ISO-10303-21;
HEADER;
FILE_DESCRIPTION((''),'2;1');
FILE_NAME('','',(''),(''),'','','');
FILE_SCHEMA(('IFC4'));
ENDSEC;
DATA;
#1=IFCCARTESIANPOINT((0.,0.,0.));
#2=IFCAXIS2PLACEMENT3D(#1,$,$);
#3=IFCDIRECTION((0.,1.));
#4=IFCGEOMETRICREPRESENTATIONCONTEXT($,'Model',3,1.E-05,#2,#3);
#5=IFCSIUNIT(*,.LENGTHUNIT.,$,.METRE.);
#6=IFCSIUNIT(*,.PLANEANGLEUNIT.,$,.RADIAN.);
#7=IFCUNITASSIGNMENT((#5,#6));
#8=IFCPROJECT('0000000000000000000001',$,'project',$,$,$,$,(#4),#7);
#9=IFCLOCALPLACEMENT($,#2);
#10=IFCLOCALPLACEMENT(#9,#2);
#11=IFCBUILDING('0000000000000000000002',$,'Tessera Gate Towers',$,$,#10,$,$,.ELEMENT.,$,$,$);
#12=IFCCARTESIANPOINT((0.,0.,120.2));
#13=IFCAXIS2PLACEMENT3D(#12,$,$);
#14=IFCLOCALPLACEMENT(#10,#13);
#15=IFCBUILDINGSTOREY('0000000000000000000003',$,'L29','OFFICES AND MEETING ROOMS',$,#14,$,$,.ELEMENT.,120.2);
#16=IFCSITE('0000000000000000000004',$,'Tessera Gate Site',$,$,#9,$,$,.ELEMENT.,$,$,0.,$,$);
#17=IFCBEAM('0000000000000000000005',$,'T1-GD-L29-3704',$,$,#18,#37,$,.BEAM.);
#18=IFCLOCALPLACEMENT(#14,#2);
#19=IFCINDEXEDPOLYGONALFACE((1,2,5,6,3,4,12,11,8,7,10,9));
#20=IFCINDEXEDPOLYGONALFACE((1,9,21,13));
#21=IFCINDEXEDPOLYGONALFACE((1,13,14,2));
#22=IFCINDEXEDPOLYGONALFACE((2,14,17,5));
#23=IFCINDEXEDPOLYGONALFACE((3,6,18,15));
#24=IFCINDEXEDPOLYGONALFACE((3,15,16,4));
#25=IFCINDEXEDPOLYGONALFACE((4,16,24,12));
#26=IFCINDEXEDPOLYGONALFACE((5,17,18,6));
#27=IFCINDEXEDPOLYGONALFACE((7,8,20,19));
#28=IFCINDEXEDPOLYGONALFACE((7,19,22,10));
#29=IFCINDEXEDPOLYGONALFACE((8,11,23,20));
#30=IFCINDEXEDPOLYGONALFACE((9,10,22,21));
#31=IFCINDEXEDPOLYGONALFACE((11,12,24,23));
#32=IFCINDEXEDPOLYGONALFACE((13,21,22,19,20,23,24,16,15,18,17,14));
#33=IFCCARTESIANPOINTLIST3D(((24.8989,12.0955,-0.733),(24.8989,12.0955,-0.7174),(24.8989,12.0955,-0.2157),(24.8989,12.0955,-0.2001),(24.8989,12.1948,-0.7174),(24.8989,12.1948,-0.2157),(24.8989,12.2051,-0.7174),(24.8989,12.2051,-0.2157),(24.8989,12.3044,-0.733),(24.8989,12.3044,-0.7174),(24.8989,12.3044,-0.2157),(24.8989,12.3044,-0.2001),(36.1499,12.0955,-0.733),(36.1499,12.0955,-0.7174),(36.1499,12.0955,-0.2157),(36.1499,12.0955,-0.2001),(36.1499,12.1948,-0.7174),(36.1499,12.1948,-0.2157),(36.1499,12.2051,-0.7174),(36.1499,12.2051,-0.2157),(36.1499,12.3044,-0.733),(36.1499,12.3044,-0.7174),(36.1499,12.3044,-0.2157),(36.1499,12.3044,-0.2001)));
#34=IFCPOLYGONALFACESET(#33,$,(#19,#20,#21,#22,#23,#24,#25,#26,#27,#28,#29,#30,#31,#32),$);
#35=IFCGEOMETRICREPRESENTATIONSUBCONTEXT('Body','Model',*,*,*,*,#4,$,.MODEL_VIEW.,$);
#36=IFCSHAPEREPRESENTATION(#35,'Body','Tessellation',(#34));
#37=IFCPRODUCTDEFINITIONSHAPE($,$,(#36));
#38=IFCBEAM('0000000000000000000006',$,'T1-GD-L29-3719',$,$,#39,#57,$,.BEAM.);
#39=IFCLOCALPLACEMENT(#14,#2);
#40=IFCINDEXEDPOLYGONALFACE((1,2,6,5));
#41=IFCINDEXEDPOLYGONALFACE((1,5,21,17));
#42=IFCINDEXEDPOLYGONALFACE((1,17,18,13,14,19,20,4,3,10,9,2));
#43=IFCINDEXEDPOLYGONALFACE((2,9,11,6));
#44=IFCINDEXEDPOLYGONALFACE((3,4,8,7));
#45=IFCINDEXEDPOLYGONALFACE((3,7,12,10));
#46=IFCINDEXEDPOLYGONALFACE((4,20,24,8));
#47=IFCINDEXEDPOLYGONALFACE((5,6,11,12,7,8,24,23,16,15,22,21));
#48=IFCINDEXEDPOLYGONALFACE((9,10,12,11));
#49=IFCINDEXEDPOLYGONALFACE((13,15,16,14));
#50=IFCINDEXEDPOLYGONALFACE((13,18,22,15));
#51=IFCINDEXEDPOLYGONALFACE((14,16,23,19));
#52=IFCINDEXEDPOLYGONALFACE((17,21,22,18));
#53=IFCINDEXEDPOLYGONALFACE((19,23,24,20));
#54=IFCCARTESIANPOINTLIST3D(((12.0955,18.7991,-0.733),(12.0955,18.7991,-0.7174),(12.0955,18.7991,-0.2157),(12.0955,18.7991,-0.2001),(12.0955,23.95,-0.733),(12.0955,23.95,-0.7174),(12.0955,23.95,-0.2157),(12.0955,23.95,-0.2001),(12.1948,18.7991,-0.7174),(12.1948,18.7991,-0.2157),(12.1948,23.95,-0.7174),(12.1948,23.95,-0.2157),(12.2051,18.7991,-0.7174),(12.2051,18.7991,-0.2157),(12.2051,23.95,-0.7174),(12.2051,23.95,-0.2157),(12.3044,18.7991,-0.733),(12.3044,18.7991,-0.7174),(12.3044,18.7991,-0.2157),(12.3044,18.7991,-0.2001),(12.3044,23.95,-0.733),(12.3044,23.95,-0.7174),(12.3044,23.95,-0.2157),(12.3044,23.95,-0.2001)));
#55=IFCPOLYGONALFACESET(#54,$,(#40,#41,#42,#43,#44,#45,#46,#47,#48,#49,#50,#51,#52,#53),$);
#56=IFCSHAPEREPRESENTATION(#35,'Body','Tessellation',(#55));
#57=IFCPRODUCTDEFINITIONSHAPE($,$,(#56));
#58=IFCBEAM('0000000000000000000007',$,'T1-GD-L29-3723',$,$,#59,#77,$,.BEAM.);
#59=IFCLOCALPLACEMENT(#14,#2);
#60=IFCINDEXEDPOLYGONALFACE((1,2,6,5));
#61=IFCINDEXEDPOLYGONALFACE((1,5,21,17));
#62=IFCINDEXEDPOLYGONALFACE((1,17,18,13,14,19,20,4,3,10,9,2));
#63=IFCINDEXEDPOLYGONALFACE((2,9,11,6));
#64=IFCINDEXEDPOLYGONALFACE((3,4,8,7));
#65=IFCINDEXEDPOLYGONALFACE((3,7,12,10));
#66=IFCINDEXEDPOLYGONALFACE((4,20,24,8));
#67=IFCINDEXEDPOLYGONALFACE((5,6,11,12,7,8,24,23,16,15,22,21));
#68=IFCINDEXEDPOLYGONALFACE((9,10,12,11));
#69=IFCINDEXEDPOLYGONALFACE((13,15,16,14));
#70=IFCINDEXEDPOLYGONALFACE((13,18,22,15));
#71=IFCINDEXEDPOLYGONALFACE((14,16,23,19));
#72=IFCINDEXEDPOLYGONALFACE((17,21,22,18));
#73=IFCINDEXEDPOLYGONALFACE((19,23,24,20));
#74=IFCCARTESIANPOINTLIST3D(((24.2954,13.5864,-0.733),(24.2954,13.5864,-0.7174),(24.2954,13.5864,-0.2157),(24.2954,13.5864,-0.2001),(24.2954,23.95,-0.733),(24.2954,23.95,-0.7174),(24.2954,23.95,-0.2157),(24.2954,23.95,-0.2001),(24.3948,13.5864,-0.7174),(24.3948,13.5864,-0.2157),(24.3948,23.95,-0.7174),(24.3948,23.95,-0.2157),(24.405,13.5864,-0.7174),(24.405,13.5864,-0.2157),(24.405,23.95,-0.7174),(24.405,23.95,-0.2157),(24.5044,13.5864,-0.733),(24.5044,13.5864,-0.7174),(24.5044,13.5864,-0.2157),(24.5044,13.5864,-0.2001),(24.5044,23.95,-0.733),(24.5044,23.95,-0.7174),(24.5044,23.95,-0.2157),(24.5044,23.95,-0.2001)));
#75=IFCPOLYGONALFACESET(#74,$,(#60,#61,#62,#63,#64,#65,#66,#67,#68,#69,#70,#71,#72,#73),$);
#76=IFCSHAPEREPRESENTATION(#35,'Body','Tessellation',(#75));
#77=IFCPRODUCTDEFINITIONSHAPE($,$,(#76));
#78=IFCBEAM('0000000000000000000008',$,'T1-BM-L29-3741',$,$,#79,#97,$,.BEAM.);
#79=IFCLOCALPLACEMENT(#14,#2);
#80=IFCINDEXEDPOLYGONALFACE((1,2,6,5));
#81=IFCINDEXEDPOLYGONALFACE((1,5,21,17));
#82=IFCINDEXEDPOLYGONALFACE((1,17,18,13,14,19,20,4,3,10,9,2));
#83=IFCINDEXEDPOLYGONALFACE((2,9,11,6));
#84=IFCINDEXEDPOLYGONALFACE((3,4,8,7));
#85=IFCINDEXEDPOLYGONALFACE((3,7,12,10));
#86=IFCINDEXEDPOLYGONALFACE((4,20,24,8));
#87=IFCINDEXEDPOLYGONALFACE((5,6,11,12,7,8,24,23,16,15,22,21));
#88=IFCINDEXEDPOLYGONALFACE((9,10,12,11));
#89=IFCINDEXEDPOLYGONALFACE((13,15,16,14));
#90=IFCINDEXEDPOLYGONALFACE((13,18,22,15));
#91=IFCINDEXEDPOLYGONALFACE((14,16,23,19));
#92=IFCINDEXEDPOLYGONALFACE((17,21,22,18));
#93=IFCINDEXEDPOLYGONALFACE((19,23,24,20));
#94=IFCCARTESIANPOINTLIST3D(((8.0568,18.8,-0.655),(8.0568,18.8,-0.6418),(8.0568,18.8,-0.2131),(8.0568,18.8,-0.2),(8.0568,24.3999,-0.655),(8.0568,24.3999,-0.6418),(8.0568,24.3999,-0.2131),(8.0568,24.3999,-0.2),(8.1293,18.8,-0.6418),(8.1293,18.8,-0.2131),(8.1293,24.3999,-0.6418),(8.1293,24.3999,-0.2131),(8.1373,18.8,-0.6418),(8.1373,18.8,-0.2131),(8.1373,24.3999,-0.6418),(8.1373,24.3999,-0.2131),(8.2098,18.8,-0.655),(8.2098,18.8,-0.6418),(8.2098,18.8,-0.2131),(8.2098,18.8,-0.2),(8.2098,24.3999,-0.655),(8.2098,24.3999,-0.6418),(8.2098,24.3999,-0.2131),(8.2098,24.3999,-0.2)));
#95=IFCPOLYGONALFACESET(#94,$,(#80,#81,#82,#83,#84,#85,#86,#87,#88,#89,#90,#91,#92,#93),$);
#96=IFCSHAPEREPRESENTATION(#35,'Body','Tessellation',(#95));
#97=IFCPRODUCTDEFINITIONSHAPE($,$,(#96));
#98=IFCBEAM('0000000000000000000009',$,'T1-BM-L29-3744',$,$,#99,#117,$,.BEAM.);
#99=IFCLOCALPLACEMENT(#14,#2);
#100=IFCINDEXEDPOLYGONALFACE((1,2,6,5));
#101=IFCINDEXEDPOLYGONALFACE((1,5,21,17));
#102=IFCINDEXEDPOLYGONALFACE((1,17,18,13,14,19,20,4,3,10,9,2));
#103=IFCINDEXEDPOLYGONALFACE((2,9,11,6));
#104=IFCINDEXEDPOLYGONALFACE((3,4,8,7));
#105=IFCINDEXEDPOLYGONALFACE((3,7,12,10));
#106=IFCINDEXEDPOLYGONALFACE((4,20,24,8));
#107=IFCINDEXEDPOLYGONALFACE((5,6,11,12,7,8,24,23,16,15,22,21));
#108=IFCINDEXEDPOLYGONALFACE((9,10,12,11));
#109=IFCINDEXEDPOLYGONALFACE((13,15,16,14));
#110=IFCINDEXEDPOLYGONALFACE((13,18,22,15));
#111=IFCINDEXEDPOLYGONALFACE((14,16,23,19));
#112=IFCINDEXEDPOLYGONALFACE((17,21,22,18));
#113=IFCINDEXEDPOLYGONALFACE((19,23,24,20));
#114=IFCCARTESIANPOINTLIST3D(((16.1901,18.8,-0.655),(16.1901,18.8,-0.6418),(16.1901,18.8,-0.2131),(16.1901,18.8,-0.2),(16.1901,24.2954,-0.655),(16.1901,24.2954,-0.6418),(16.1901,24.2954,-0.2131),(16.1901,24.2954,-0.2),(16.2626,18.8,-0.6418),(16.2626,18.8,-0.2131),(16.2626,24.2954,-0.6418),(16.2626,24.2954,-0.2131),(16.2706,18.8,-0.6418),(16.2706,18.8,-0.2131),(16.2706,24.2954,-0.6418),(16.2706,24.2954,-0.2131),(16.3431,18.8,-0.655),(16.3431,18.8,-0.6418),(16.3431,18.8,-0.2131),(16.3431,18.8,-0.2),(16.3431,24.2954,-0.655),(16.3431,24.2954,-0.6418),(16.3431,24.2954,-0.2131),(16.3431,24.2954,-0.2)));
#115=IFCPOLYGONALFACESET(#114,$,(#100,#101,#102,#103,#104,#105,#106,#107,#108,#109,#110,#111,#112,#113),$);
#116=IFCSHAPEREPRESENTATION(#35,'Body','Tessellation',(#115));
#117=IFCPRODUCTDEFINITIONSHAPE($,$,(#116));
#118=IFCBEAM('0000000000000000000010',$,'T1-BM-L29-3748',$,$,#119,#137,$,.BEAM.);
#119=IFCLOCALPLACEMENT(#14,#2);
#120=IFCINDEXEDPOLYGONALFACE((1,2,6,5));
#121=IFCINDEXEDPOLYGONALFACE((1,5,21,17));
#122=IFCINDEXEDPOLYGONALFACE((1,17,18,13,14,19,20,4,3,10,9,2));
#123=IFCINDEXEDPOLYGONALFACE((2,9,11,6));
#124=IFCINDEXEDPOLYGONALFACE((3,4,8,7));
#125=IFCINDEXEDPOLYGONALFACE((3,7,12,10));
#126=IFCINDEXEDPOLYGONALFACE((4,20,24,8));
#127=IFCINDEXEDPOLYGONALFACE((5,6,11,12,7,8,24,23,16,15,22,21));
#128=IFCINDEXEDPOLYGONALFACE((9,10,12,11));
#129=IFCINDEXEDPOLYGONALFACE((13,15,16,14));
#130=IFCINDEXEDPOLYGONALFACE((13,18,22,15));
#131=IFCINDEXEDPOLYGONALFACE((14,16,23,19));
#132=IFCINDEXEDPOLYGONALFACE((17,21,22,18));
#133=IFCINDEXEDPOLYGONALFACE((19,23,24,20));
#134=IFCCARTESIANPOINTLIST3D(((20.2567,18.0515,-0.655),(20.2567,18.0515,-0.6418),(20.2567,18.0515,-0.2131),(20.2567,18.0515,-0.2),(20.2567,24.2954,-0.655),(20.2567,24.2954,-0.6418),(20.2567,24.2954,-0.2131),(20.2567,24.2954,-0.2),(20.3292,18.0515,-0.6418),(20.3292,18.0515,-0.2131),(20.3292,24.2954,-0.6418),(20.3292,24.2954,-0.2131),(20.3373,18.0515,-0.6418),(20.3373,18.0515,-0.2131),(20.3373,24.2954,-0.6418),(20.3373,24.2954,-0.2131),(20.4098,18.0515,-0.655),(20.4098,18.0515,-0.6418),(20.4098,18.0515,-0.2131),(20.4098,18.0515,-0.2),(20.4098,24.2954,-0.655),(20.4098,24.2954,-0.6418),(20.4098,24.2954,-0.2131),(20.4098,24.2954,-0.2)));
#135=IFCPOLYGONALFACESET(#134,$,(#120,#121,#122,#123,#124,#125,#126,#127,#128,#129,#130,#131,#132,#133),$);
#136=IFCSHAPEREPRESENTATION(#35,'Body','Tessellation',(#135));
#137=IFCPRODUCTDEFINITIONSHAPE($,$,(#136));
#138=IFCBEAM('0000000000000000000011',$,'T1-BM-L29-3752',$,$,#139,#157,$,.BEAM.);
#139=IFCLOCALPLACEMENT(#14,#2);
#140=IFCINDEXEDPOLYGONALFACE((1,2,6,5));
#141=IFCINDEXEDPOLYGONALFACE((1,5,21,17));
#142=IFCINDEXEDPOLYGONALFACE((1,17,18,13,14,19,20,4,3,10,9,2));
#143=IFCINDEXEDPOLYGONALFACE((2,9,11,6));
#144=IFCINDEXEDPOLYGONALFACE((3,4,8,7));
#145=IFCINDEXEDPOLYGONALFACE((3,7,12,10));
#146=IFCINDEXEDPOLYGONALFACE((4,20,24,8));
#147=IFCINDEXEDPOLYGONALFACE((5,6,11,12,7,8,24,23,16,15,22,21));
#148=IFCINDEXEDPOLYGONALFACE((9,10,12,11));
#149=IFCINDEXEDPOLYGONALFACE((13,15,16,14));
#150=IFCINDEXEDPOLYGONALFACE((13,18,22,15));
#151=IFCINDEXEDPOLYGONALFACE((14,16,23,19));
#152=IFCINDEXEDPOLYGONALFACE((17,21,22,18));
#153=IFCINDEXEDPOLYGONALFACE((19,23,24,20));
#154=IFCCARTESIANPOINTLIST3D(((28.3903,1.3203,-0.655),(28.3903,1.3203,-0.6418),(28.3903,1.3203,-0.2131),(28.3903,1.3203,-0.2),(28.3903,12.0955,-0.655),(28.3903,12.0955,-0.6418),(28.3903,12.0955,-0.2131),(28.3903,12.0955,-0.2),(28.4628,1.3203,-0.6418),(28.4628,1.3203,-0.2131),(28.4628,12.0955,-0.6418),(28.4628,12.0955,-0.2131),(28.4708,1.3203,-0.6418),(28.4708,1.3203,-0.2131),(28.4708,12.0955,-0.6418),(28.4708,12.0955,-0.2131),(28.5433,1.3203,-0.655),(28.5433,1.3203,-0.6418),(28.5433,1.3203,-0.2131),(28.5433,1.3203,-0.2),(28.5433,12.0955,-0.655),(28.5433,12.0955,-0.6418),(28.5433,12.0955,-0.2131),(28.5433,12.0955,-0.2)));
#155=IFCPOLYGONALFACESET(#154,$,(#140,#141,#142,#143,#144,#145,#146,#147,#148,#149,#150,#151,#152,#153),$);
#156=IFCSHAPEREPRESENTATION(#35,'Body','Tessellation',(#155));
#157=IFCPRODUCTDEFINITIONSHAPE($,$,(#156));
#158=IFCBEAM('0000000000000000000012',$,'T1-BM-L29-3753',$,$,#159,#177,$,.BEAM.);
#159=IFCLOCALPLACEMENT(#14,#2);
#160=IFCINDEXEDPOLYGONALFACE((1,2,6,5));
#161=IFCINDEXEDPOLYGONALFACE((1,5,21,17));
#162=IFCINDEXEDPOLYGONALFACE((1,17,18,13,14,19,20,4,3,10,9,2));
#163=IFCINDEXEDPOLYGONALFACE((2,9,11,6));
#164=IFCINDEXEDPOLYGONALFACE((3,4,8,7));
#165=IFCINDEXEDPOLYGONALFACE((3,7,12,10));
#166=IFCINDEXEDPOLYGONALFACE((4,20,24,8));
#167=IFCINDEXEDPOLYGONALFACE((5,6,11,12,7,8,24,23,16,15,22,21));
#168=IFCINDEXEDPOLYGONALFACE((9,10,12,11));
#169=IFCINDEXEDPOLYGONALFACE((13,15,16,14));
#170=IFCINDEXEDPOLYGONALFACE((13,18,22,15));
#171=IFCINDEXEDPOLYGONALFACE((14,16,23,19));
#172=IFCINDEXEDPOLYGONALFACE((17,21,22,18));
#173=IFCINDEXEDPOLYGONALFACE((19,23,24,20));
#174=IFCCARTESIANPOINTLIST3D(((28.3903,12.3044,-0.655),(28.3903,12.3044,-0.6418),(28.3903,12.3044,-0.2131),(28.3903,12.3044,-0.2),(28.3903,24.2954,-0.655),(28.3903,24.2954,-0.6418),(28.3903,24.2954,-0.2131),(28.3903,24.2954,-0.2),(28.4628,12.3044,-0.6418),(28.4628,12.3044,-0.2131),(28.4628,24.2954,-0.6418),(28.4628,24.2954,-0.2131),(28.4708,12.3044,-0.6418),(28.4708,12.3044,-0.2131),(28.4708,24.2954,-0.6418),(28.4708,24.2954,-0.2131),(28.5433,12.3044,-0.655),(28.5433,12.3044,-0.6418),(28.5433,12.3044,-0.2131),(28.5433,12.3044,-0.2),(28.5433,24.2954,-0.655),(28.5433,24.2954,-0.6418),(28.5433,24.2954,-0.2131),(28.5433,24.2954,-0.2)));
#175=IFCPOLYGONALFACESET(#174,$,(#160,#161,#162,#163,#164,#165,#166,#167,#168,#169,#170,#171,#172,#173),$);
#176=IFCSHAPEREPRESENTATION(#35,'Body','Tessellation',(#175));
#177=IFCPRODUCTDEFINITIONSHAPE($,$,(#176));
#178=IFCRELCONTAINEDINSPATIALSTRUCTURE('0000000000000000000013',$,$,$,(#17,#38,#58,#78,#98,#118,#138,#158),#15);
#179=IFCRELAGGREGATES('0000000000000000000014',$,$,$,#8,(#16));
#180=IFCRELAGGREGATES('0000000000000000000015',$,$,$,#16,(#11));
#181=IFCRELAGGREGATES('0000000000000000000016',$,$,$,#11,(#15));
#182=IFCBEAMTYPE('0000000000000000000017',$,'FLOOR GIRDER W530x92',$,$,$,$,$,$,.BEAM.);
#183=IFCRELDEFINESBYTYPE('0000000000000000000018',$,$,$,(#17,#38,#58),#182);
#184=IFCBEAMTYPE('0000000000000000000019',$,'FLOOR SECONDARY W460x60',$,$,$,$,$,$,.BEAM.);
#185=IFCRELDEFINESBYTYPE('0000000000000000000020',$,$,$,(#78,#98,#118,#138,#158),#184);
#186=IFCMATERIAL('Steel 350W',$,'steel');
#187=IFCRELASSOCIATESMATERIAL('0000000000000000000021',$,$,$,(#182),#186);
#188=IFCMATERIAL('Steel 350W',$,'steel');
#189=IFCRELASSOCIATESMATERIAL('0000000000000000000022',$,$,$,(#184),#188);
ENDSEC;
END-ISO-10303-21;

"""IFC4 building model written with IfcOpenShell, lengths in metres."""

from ifc_helpers import new_model, si_unit, direction, frame, origin, origin_2d, place, context, subcontext, project, spatial, i_section, extrude, material, material_profile, profile_set, type_object, element, save


model = new_model("IFC4")

# Units and contexts
model_context = context("Model", 3, precision=1e-05, world=origin(), true_north=direction((0.0, 1.0)))
body_context = subcontext(model_context, "Body", "Model", "MODEL_VIEW")
ifc_project = project(units=[si_unit("LENGTHUNIT", "METRE"), si_unit("PLANEANGLEUNIT", "RADIAN")], contexts=[model_context])

# Site, building, storey
site_placement = place(None, origin())
site = spatial("IfcSite", under=ifc_project, at=site_placement, Name="Tessera Gate Site", CompositionType="ELEMENT", RefElevation=0.0)
building_placement = place(site_placement, origin())
building = spatial("IfcBuilding", under=site, at=building_placement, Name="Tessera Gate Towers", CompositionType="ELEMENT")
storey_placement = place(building_placement, frame((0.0, 0.0, 120.2)))
storey = spatial("IfcBuildingStorey", under=building, at=storey_placement, Name="L29", Description="OFFICES AND MEETING ROOMS", CompositionType="ELEMENT", Elevation=120.2)

# Beams
ifc_material_1 = material(Name="Steel 350W", Category="steel")
ifc_material_profile_1 = material_profile(ifc_material_1, i_section(OverallWidth=0.209, OverallDepth=0.533, WebThickness=0.0103, FlangeThickness=0.0156, at=origin_2d()), Name="W530x92")
ifc_profile_set_1 = profile_set([ifc_material_profile_1], Name="Steel 350W")
beam_type_1 = type_object("IfcBeamType", Name="FLOOR GIRDER W530x92", PredefinedType="BEAM", material=ifc_profile_set_1)
beam_1_placement = place(storey_placement, frame((24.8989, 12.2, -0.4666), z_axis=(1.0, 0.0, 0.0), x_axis=(0.0, 1.0, 0.0)))
element("IfcBeam", 1, at=beam_1_placement, inside=storey, type_object=beam_type_1, Name="T1-GD-L29-3704", PredefinedType="BEAM", context=body_context, shape_type="SweptSolid", body=[
    extrude(i_section(OverallWidth=0.209, OverallDepth=0.533, WebThickness=0.0103, FlangeThickness=0.0156, at=origin_2d()), origin(), (0.0, 0.0, 1.0), 11.251),
])
beam_2_placement = place(storey_placement, frame((12.2, 18.7991, -0.4666), z_axis=(0.0, 1.0, 0.0), x_axis=(-1.0, 0.0, 0.0)))
element("IfcBeam", 2, at=beam_2_placement, inside=storey, type_object=beam_type_1, Name="T1-GD-L29-3719", PredefinedType="BEAM", context=body_context, shape_type="SweptSolid", body=[
    extrude(i_section(OverallWidth=0.209, OverallDepth=0.533, WebThickness=0.0103, FlangeThickness=0.0156, at=origin_2d()), origin(), (0.0, 0.0, 1.0), 5.1509),
])
beam_3_placement = place(storey_placement, frame((24.3999, 13.5864, -0.4666), z_axis=(0.0, 1.0, 0.0), x_axis=(-1.0, 0.0, 0.0)))
element("IfcBeam", 3, at=beam_3_placement, inside=storey, type_object=beam_type_1, Name="T1-GD-L29-3723", PredefinedType="BEAM", context=body_context, shape_type="SweptSolid", body=[
    extrude(i_section(OverallWidth=0.209, OverallDepth=0.533, WebThickness=0.0103, FlangeThickness=0.0156, at=origin_2d()), origin(), (0.0, 0.0, 1.0), 10.3635),
])
ifc_material_2 = material(Name="Steel 350W", Category="steel")
ifc_material_profile_2 = material_profile(ifc_material_2, i_section(OverallWidth=0.1531, OverallDepth=0.4551, WebThickness=0.0081, FlangeThickness=0.0132, at=origin_2d()), Name="W460x60")
ifc_profile_set_2 = profile_set([ifc_material_profile_2], Name="Steel 350W")
beam_type_2 = type_object("IfcBeamType", Name="FLOOR SECONDARY W460x60", PredefinedType="BEAM", material=ifc_profile_set_2)
beam_4_placement = place(storey_placement, frame((8.1333, 18.8, -0.4275), z_axis=(0.0, 1.0, 0.0), x_axis=(-1.0, 0.0, 0.0)))
element("IfcBeam", 4, at=beam_4_placement, inside=storey, type_object=beam_type_2, Name="T1-BM-L29-3741", PredefinedType="BEAM", context=body_context, shape_type="SweptSolid", body=[
    extrude(i_section(OverallWidth=0.1531, OverallDepth=0.4551, WebThickness=0.0081, FlangeThickness=0.0132, at=origin_2d()), origin(), (0.0, 0.0, 1.0), 5.5999),
])
beam_5_placement = place(storey_placement, frame((16.2666, 18.8, -0.4275), z_axis=(0.0, 1.0, 0.0), x_axis=(-1.0, 0.0, 0.0)))
element("IfcBeam", 5, at=beam_5_placement, inside=storey, type_object=beam_type_2, Name="T1-BM-L29-3744", PredefinedType="BEAM", context=body_context, shape_type="SweptSolid", body=[
    extrude(i_section(OverallWidth=0.1531, OverallDepth=0.4551, WebThickness=0.0081, FlangeThickness=0.0132, at=origin_2d()), origin(), (0.0, 0.0, 1.0), 5.4954),
])
beam_6_placement = place(storey_placement, frame((20.3333, 18.0515, -0.4275), z_axis=(0.0, 1.0, 0.0), x_axis=(-1.0, 0.0, 0.0)))
element("IfcBeam", 6, at=beam_6_placement, inside=storey, type_object=beam_type_2, Name="T1-BM-L29-3748", PredefinedType="BEAM", context=body_context, shape_type="SweptSolid", body=[
    extrude(i_section(OverallWidth=0.1531, OverallDepth=0.4551, WebThickness=0.0081, FlangeThickness=0.0132, at=origin_2d()), origin(), (0.0, 0.0, 1.0), 6.2439),
])
beam_7_placement = place(storey_placement, frame((28.4668, 1.3203, -0.4275), z_axis=(0.0, 1.0, 0.0), x_axis=(-1.0, 0.0, 0.0)))
element("IfcBeam", 7, at=beam_7_placement, inside=storey, type_object=beam_type_2, Name="T1-BM-L29-3752", PredefinedType="BEAM", context=body_context, shape_type="SweptSolid", body=[
    extrude(i_section(OverallWidth=0.1531, OverallDepth=0.4551, WebThickness=0.0081, FlangeThickness=0.0132, at=origin_2d()), origin(), (0.0, 0.0, 1.0), 10.7751),
])
beam_8_placement = place(storey_placement, frame((28.4668, 12.3044, -0.4275), z_axis=(0.0, 1.0, 0.0), x_axis=(-1.0, 0.0, 0.0)))
element("IfcBeam", 8, at=beam_8_placement, inside=storey, type_object=beam_type_2, Name="T1-BM-L29-3753", PredefinedType="BEAM", context=body_context, shape_type="SweptSolid", body=[
    extrude(i_section(OverallWidth=0.1531, OverallDepth=0.4551, WebThickness=0.0081, FlangeThickness=0.0132, at=origin_2d()), origin(), (0.0, 0.0, 1.0), 11.991),
])

save(model, "model.ifc")
